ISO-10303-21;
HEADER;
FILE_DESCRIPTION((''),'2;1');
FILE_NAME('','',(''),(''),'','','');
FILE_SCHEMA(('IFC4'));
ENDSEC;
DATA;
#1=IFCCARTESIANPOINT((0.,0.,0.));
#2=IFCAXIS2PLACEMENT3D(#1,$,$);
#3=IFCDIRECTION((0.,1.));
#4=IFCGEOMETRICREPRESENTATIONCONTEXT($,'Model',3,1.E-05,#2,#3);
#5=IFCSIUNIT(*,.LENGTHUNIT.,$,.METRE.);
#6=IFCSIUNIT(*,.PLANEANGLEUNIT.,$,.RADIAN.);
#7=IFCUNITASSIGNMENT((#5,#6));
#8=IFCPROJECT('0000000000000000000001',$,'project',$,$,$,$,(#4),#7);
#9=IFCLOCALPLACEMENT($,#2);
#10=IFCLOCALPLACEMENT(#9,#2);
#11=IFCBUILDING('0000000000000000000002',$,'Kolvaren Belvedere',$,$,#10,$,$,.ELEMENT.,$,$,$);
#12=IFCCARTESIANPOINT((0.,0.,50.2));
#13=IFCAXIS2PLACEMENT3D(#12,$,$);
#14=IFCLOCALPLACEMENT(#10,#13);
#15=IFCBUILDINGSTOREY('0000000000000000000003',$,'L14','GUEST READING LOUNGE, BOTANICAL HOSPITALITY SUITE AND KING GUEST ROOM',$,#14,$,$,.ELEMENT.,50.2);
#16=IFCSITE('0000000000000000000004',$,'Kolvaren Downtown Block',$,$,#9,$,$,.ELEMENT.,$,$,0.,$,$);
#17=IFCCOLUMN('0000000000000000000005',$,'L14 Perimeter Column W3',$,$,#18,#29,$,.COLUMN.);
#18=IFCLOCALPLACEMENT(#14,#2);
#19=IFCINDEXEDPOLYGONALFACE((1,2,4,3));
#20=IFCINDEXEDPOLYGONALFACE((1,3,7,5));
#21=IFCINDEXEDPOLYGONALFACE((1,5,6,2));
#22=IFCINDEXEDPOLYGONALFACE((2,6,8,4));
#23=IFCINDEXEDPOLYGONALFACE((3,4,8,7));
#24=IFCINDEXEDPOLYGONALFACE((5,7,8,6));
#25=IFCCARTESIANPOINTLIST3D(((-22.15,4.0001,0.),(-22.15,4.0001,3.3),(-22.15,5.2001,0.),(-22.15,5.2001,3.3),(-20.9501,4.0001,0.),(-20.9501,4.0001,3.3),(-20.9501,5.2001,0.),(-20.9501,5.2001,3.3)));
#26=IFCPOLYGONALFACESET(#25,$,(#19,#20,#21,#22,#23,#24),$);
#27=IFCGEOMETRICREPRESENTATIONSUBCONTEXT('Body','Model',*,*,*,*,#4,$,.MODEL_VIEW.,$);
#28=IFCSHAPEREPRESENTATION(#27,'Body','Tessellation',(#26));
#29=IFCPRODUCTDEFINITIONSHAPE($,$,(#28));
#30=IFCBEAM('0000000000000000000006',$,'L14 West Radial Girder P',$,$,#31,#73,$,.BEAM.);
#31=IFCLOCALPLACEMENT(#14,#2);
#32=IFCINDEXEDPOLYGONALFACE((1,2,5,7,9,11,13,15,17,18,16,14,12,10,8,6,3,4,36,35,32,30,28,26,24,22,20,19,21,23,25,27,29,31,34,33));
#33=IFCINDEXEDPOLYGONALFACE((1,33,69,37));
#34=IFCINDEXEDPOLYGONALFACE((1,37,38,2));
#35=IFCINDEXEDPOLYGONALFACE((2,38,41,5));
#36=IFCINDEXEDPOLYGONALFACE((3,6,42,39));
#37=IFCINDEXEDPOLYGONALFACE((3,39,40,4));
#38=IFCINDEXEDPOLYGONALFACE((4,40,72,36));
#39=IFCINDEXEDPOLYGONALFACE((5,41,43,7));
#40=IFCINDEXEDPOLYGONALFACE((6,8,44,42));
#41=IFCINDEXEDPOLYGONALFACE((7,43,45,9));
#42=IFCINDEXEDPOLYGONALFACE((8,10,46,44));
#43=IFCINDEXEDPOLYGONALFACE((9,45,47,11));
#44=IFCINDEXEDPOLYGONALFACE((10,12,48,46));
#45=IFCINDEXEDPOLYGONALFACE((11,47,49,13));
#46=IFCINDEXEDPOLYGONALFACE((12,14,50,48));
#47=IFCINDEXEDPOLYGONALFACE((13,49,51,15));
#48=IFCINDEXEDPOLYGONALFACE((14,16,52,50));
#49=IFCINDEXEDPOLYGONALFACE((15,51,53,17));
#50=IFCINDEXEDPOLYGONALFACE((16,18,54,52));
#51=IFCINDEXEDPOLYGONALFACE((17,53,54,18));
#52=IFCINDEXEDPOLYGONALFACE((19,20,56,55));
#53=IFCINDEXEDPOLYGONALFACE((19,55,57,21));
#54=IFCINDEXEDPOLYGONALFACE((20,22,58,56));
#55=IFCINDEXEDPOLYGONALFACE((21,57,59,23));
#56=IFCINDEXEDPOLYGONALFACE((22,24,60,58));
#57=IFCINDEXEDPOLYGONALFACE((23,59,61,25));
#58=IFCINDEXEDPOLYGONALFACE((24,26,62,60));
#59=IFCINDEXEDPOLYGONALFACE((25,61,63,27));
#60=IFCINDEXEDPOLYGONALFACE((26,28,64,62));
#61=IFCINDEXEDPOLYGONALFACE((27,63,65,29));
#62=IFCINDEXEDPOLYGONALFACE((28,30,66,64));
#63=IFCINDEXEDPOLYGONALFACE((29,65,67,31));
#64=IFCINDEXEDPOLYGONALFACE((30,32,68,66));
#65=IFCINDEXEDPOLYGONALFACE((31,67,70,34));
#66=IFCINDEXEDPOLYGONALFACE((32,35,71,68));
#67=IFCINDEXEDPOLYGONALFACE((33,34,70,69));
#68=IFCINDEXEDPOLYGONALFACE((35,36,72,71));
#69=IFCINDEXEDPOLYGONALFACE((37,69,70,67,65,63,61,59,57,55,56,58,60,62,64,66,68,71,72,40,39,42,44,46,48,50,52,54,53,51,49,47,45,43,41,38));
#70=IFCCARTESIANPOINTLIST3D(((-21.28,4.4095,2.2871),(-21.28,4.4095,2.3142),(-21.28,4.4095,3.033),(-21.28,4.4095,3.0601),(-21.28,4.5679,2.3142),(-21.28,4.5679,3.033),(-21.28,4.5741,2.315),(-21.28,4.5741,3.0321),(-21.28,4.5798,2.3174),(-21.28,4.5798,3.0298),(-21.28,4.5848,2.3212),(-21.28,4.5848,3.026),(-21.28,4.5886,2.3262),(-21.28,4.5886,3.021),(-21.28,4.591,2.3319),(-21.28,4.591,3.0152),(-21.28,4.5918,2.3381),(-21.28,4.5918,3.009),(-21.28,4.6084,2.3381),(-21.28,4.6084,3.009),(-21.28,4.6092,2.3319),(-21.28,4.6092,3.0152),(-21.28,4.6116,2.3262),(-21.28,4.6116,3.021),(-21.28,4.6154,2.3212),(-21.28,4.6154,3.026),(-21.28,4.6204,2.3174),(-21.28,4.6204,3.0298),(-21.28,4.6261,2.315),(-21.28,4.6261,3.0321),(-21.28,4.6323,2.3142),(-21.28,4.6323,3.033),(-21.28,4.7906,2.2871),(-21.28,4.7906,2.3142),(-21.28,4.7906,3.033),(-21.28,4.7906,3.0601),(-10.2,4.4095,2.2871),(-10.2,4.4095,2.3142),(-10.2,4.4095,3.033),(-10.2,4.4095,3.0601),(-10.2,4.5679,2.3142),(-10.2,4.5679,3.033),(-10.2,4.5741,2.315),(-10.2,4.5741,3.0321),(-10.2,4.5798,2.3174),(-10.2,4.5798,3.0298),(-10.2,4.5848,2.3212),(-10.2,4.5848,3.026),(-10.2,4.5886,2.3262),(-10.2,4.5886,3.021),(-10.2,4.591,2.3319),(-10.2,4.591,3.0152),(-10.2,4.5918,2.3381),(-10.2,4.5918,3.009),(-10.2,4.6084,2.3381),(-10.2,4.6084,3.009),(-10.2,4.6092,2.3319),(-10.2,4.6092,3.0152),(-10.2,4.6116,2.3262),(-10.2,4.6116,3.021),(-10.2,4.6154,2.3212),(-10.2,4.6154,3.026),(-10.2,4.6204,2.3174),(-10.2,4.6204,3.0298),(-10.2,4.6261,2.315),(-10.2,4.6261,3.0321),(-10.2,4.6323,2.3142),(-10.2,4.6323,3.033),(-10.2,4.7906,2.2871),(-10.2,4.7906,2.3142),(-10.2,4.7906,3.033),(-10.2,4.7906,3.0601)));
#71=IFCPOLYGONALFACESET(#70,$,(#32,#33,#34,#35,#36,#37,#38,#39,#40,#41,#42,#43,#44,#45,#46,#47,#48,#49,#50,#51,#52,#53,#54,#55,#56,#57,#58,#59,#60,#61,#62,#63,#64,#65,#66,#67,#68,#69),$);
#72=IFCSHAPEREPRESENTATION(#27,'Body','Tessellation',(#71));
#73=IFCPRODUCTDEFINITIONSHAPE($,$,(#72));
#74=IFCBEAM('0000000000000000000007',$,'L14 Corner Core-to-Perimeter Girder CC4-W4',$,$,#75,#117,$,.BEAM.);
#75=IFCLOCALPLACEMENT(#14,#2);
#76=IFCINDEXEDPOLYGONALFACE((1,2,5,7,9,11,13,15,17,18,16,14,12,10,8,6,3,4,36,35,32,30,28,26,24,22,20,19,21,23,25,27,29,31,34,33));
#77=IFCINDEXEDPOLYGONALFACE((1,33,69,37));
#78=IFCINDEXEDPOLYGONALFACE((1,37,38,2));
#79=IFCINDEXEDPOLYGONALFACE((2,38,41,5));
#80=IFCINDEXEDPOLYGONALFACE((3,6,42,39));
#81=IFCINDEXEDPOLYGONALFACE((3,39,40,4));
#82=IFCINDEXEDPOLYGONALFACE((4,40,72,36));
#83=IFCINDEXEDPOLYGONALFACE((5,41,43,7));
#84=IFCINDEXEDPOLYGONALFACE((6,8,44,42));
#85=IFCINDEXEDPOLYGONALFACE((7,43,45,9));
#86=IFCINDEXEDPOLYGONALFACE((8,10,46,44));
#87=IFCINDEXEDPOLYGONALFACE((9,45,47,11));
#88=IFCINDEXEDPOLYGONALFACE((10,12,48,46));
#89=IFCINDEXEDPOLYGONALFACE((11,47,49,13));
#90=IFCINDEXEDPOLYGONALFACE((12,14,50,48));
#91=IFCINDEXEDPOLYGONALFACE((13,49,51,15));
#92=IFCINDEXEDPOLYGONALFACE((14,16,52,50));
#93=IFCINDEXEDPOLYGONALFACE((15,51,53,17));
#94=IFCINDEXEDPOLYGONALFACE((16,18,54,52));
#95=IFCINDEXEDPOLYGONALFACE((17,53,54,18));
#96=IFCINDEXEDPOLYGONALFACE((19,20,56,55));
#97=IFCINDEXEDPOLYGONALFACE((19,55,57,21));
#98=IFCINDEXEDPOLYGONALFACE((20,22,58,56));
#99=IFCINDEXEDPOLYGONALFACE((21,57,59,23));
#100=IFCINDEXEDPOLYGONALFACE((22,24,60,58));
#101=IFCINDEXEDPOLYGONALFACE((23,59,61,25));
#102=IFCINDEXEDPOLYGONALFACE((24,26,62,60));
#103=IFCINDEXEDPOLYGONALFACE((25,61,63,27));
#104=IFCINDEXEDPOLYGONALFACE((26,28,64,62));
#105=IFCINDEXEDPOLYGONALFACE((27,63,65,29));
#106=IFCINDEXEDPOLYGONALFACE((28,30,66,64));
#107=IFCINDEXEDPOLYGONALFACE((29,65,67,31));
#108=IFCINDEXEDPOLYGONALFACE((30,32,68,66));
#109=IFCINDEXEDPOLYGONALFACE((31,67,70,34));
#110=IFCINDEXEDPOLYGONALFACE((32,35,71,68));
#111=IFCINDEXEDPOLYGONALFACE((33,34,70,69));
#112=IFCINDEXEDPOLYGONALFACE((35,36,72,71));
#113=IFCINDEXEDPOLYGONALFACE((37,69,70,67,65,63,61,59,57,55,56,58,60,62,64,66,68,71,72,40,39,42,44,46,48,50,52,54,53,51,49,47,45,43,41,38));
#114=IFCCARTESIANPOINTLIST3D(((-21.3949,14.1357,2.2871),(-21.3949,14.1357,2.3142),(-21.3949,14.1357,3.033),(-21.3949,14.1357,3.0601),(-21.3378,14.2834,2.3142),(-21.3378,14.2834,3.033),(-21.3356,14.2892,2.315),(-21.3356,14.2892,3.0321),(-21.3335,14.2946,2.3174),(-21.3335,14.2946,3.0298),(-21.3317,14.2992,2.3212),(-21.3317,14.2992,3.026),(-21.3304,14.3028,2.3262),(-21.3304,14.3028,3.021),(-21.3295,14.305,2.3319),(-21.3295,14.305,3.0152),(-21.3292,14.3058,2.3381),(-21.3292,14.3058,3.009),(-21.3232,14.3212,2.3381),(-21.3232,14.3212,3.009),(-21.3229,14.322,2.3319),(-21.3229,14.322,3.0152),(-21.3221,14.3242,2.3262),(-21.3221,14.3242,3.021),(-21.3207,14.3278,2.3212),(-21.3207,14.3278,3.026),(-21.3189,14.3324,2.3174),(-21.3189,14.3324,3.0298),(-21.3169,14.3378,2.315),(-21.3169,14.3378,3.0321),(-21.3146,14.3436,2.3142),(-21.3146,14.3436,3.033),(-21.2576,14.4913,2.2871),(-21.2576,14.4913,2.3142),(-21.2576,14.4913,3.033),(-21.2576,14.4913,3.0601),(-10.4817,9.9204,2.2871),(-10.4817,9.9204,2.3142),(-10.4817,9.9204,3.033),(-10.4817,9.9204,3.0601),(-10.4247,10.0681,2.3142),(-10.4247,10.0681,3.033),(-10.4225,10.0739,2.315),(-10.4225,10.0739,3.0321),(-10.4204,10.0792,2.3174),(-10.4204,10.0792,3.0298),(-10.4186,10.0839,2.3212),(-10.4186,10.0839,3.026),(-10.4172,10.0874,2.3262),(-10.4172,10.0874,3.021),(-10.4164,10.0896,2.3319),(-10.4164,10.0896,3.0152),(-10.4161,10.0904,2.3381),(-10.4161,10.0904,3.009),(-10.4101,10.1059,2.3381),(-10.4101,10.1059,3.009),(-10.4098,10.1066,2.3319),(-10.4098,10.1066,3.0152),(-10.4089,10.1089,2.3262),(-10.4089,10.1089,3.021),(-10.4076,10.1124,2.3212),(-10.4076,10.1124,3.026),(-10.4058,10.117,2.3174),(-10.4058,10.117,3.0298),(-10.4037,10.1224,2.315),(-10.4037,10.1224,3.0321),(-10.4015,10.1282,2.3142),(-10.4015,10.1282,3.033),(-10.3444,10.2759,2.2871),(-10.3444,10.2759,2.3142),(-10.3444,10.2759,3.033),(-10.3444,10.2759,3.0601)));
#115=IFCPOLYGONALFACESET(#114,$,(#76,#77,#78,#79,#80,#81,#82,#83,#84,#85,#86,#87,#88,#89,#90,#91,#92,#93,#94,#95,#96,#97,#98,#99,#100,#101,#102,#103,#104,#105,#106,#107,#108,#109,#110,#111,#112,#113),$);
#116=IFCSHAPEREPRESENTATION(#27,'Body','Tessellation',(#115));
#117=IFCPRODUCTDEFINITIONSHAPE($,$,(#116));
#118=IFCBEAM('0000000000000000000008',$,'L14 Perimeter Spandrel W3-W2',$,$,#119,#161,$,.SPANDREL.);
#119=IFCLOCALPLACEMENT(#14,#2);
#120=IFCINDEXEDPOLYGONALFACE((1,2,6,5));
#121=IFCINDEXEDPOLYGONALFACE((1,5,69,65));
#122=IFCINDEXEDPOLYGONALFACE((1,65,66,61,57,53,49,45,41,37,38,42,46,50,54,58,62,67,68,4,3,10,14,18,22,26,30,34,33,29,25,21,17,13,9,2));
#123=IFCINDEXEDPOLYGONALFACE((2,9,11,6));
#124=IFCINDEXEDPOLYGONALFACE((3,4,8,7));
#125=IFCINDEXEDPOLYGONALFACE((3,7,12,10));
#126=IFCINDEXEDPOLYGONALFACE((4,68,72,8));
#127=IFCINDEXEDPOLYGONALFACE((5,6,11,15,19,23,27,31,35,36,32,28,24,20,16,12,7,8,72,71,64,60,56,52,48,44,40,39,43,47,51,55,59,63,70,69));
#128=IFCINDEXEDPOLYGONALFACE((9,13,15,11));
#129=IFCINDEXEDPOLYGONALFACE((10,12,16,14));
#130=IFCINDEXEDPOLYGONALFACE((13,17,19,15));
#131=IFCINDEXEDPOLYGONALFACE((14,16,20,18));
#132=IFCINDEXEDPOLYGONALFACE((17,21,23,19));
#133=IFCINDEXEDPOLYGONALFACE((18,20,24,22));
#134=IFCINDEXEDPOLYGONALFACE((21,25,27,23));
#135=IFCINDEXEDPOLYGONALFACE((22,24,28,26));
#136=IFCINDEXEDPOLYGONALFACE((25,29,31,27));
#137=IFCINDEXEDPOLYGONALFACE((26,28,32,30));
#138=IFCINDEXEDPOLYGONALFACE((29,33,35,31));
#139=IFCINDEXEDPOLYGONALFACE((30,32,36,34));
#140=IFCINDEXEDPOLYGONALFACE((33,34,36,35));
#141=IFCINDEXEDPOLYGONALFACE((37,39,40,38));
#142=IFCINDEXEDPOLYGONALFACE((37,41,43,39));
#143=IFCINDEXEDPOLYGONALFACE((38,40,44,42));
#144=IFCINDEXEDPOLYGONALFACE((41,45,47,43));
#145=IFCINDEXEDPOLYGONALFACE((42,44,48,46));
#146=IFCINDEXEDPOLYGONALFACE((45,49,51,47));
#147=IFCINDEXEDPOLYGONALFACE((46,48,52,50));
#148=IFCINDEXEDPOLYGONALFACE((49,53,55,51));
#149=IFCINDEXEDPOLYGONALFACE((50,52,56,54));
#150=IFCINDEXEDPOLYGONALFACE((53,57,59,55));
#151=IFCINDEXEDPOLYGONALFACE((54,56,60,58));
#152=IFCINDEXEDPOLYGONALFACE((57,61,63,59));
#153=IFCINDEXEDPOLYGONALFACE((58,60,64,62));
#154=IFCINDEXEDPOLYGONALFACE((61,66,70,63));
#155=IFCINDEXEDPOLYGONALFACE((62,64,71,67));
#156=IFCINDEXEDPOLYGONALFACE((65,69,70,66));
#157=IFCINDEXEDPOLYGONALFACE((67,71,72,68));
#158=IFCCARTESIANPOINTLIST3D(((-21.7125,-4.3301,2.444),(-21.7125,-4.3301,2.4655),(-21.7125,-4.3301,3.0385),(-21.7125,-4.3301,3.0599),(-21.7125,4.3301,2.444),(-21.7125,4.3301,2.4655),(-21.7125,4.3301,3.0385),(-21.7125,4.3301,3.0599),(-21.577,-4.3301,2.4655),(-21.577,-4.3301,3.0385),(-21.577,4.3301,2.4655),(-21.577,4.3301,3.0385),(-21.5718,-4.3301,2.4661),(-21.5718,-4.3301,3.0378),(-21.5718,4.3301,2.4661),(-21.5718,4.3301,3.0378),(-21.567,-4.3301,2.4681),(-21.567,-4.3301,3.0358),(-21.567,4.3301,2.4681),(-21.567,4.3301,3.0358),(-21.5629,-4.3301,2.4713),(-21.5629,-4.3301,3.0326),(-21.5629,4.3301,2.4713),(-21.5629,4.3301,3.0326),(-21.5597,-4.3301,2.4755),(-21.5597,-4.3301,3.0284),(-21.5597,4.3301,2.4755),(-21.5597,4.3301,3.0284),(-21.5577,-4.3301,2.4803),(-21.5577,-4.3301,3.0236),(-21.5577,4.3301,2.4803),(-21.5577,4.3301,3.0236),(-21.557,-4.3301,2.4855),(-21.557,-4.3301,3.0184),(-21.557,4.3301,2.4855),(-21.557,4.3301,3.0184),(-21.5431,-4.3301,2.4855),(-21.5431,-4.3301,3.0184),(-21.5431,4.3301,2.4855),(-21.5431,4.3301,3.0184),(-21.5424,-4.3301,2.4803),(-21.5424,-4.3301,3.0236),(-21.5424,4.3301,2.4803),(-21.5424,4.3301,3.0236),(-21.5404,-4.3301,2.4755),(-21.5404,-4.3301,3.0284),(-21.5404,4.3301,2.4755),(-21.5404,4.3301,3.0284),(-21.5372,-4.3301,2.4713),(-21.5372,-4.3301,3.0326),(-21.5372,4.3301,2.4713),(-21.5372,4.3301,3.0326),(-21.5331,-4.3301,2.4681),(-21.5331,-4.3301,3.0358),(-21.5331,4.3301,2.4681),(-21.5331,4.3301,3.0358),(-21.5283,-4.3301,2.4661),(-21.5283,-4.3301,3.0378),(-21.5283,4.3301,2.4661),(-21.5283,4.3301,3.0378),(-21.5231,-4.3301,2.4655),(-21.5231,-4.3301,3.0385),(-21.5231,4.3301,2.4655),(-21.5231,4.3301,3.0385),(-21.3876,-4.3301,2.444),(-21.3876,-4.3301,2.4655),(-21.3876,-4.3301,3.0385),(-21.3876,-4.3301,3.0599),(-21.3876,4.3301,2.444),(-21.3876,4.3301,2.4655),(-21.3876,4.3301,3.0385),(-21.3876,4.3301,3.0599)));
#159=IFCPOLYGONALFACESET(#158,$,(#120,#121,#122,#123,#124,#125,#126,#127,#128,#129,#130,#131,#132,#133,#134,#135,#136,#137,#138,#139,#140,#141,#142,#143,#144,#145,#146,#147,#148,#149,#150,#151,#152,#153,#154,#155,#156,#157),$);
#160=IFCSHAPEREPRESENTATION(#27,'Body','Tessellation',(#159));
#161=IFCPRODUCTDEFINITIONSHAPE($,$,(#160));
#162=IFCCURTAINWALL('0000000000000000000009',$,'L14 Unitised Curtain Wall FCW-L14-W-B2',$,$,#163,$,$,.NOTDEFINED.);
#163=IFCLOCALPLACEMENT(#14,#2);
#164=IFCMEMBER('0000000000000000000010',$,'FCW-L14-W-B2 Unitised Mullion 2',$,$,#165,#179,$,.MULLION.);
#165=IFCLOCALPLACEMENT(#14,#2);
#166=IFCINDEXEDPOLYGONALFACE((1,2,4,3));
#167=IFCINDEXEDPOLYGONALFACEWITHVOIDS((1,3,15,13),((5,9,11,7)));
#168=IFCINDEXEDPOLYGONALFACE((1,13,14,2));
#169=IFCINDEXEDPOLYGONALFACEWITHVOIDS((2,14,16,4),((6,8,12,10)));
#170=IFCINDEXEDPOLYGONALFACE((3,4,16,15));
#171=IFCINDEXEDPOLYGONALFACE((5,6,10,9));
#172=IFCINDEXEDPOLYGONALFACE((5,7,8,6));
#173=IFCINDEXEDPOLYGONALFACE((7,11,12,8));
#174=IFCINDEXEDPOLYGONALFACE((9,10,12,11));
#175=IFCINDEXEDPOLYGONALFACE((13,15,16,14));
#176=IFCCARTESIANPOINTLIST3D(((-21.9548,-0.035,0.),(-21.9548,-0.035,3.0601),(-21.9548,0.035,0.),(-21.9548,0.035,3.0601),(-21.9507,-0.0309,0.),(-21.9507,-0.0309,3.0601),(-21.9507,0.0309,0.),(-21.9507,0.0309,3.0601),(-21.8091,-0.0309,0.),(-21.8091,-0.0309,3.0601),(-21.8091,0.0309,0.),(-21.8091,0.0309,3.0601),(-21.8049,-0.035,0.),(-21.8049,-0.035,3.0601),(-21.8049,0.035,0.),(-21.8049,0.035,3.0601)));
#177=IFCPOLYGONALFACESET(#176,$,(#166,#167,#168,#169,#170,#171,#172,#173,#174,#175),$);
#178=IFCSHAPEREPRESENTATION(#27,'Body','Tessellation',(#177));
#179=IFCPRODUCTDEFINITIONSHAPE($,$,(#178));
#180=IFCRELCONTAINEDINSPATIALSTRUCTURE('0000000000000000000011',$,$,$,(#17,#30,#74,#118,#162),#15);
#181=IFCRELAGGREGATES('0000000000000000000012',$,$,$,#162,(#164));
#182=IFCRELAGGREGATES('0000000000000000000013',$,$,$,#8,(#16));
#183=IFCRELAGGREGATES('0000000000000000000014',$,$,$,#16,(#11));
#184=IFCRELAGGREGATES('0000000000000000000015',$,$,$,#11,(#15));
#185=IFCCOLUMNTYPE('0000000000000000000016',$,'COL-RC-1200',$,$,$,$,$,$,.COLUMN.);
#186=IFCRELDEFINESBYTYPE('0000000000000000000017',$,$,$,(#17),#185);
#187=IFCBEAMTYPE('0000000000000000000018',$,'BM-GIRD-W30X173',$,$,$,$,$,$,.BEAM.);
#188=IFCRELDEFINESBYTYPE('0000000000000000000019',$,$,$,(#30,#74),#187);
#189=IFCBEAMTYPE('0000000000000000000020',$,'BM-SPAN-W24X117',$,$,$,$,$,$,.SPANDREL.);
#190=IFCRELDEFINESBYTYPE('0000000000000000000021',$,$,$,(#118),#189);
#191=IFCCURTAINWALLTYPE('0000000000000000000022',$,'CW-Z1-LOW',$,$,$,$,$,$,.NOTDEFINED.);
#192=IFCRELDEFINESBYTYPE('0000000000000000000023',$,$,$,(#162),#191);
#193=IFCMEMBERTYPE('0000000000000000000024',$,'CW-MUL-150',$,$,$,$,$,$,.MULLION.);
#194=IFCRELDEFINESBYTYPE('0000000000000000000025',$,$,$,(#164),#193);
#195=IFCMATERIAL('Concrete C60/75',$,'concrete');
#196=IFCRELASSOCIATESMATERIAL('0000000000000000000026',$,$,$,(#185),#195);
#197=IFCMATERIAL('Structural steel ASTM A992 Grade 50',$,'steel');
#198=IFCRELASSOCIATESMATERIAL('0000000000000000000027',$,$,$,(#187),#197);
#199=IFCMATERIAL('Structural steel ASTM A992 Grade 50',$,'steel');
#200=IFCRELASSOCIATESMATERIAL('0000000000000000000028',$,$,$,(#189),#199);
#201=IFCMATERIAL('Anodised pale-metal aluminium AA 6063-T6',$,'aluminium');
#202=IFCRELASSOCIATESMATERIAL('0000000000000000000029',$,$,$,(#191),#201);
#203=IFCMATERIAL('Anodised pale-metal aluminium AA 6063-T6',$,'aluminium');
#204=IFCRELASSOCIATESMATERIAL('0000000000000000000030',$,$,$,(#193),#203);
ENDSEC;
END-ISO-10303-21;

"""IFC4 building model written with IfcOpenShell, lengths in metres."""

from ifc_helpers import new_model, si_unit, direction, frame, origin, origin_2d, place, context, subcontext, project, spatial, rectangle, hollow_rectangle, i_section, extrude, material, material_profile, profile_set, type_object, element, aggregate, save


model = new_model("IFC4")

# Units and contexts
model_context = context("Model", 3, precision=1e-05, world=origin(), true_north=direction((0.0, 1.0)))
body_context = subcontext(model_context, "Body", "Model", "MODEL_VIEW")
ifc_project = project(units=[si_unit("LENGTHUNIT", "METRE"), si_unit("PLANEANGLEUNIT", "RADIAN")], contexts=[model_context])

# Site, building, storey
site_placement = place(None, origin())
site = spatial("IfcSite", under=ifc_project, at=site_placement, Name="Kolvaren Downtown Block", CompositionType="ELEMENT", RefElevation=0.0)
building_placement = place(site_placement, origin())
building = spatial("IfcBuilding", under=site, at=building_placement, Name="Kolvaren Belvedere", CompositionType="ELEMENT")
storey_placement = place(building_placement, frame((0.0, 0.0, 50.2)))
storey = spatial("IfcBuildingStorey", under=building, at=storey_placement, Name="L14", Description="GUEST READING LOUNGE, BOTANICAL HOSPITALITY SUITE AND KING GUEST ROOM", CompositionType="ELEMENT", Elevation=50.2)

# Column
ifc_material_1 = material(Name="Concrete C60/75", Category="concrete")
ifc_material_profile_1 = material_profile(ifc_material_1, rectangle(XDim=1.2, YDim=1.2, at=origin_2d()), Name="RC 1200X1200")
ifc_profile_set_1 = profile_set([ifc_material_profile_1], Name="Concrete C60/75")
column_type = type_object("IfcColumnType", Name="COL-RC-1200", PredefinedType="COLUMN", material=ifc_profile_set_1)
column_placement = place(storey_placement, frame((-21.55, 4.6001, 0.0), z_axis=(0.0, 0.0, 1.0), x_axis=(1.0, 0.0, 0.0)))
element("IfcColumn", 1, at=column_placement, inside=storey, type_object=column_type, Name="L14 Perimeter Column W3", PredefinedType="COLUMN", context=body_context, shape_type="SweptSolid", body=[
    extrude(rectangle(XDim=1.2, YDim=1.2, at=origin_2d()), origin(), (0.0, 0.0, 1.0), 3.3),
])

# Beams
ifc_material_2 = material(Name="Structural steel ASTM A992 Grade 50", Category="steel")
ifc_material_profile_2 = material_profile(ifc_material_2, i_section(OverallWidth=0.3811, OverallDepth=0.7729, WebThickness=0.0166, FlangeThickness=0.0271, FilletRadius=0.0239, at=origin_2d()), Name="W30X173")
ifc_profile_set_2 = profile_set([ifc_material_profile_2], Name="Structural steel ASTM A992 Grade 50")
beam_type_1 = type_object("IfcBeamType", Name="BM-GIRD-W30X173", PredefinedType="BEAM", material=ifc_profile_set_2)
beam_1_placement = place(storey_placement, frame((-10.2, 4.6001, 2.6736), z_axis=(-1.0, 0.0, 0.0), x_axis=(0.0, -1.0, 0.0)))
element("IfcBeam", 2, at=beam_1_placement, inside=storey, type_object=beam_type_1, Name="L14 West Radial Girder P", PredefinedType="BEAM", context=body_context, shape_type="SweptSolid", body=[
    extrude(i_section(OverallWidth=0.3811, OverallDepth=0.7729, WebThickness=0.0166, FlangeThickness=0.0271, FilletRadius=0.0239, at=origin_2d()), origin(), (0.0, 0.0, 1.0), 11.0801),
])
beam_2_placement = place(storey_placement, frame((-10.4131, 10.0981, 2.6736), z_axis=(-0.932829, 0.360318, 0.0), x_axis=(-0.360318, -0.932829, 0.0)))
element("IfcBeam", 3, at=beam_2_placement, inside=storey, type_object=beam_type_1, Name="L14 Corner Core-to-Perimeter Girder CC4-W4", PredefinedType="BEAM", context=body_context, shape_type="SweptSolid", body=[
    extrude(i_section(OverallWidth=0.3811, OverallDepth=0.7729, WebThickness=0.0166, FlangeThickness=0.0271, FilletRadius=0.0239, at=origin_2d()), origin(), (0.0, 0.0, 1.0), 11.699),
])
ifc_material_3 = material(Name="Structural steel ASTM A992 Grade 50", Category="steel")
ifc_material_profile_3 = material_profile(ifc_material_3, i_section(OverallWidth=0.325, OverallDepth=0.616, WebThickness=0.0139, FlangeThickness=0.0215, FilletRadius=0.02, at=origin_2d()), Name="W24X117")
ifc_profile_set_3 = profile_set([ifc_material_profile_3], Name="Structural steel ASTM A992 Grade 50")
beam_type_2 = type_object("IfcBeamType", Name="BM-SPAN-W24X117", PredefinedType="SPANDREL", material=ifc_profile_set_3)
beam_3_placement = place(storey_placement, frame((-21.55, 4.3301, 2.752), z_axis=(0.0, -1.0, 0.0), x_axis=(1.0, 0.0, 0.0)))
element("IfcBeam", 4, at=beam_3_placement, inside=storey, type_object=beam_type_2, Name="L14 Perimeter Spandrel W3-W2", PredefinedType="SPANDREL", context=body_context, shape_type="SweptSolid", body=[
    extrude(i_section(OverallWidth=0.325, OverallDepth=0.616, WebThickness=0.0139, FlangeThickness=0.0215, FilletRadius=0.02, at=origin_2d()), origin(), (0.0, 0.0, 1.0), 8.6602),
])

# Curtain wall, member
ifc_material_4 = material(Name="Anodised pale-metal aluminium AA 6063-T6", Category="aluminium")
curtain_wall_type = type_object("IfcCurtainWallType", Name="CW-Z1-LOW", PredefinedType="NOTDEFINED", material=ifc_material_4)
curtain_wall_1_placement = place(storey_placement, origin())
curtain_wall_1 = element("IfcCurtainWall", 5, at=curtain_wall_1_placement, inside=storey, type_object=curtain_wall_type, Name="L14 Unitised Curtain Wall FCW-L14-W-B2", PredefinedType="NOTDEFINED")
ifc_material_5 = material(Name="Anodised pale-metal aluminium AA 6063-T6", Category="aluminium")
ifc_material_profile_4 = material_profile(ifc_material_5, hollow_rectangle(XDim=0.0701, YDim=0.1499, WallThickness=0.0042, at=origin_2d()), Name="ALU-MUL-150X70")
ifc_profile_set_4 = profile_set([ifc_material_profile_4], Name="Anodised pale-metal aluminium AA 6063-T6")
member_type_1 = type_object("IfcMemberType", Name="CW-MUL-150", PredefinedType="MULLION", material=ifc_profile_set_4)
member_1_placement = place(storey_placement, frame((-21.8799, 0.0, 0.0), z_axis=(0.0, 0.0, 1.0), x_axis=(0.0, 1.0, 0.0)))
member_1 = element("IfcMember", 6, at=member_1_placement, type_object=member_type_1, Name="FCW-L14-W-B2 Unitised Mullion 2", PredefinedType="MULLION", context=body_context, shape_type="SweptSolid", body=[
    extrude(hollow_rectangle(XDim=0.0701, YDim=0.1499, WallThickness=0.0042, at=origin_2d()), origin(), (0.0, 0.0, 1.0), 3.0601),
])

aggregate(curtain_wall_1, [member_1])

save(model, "model.ifc")
